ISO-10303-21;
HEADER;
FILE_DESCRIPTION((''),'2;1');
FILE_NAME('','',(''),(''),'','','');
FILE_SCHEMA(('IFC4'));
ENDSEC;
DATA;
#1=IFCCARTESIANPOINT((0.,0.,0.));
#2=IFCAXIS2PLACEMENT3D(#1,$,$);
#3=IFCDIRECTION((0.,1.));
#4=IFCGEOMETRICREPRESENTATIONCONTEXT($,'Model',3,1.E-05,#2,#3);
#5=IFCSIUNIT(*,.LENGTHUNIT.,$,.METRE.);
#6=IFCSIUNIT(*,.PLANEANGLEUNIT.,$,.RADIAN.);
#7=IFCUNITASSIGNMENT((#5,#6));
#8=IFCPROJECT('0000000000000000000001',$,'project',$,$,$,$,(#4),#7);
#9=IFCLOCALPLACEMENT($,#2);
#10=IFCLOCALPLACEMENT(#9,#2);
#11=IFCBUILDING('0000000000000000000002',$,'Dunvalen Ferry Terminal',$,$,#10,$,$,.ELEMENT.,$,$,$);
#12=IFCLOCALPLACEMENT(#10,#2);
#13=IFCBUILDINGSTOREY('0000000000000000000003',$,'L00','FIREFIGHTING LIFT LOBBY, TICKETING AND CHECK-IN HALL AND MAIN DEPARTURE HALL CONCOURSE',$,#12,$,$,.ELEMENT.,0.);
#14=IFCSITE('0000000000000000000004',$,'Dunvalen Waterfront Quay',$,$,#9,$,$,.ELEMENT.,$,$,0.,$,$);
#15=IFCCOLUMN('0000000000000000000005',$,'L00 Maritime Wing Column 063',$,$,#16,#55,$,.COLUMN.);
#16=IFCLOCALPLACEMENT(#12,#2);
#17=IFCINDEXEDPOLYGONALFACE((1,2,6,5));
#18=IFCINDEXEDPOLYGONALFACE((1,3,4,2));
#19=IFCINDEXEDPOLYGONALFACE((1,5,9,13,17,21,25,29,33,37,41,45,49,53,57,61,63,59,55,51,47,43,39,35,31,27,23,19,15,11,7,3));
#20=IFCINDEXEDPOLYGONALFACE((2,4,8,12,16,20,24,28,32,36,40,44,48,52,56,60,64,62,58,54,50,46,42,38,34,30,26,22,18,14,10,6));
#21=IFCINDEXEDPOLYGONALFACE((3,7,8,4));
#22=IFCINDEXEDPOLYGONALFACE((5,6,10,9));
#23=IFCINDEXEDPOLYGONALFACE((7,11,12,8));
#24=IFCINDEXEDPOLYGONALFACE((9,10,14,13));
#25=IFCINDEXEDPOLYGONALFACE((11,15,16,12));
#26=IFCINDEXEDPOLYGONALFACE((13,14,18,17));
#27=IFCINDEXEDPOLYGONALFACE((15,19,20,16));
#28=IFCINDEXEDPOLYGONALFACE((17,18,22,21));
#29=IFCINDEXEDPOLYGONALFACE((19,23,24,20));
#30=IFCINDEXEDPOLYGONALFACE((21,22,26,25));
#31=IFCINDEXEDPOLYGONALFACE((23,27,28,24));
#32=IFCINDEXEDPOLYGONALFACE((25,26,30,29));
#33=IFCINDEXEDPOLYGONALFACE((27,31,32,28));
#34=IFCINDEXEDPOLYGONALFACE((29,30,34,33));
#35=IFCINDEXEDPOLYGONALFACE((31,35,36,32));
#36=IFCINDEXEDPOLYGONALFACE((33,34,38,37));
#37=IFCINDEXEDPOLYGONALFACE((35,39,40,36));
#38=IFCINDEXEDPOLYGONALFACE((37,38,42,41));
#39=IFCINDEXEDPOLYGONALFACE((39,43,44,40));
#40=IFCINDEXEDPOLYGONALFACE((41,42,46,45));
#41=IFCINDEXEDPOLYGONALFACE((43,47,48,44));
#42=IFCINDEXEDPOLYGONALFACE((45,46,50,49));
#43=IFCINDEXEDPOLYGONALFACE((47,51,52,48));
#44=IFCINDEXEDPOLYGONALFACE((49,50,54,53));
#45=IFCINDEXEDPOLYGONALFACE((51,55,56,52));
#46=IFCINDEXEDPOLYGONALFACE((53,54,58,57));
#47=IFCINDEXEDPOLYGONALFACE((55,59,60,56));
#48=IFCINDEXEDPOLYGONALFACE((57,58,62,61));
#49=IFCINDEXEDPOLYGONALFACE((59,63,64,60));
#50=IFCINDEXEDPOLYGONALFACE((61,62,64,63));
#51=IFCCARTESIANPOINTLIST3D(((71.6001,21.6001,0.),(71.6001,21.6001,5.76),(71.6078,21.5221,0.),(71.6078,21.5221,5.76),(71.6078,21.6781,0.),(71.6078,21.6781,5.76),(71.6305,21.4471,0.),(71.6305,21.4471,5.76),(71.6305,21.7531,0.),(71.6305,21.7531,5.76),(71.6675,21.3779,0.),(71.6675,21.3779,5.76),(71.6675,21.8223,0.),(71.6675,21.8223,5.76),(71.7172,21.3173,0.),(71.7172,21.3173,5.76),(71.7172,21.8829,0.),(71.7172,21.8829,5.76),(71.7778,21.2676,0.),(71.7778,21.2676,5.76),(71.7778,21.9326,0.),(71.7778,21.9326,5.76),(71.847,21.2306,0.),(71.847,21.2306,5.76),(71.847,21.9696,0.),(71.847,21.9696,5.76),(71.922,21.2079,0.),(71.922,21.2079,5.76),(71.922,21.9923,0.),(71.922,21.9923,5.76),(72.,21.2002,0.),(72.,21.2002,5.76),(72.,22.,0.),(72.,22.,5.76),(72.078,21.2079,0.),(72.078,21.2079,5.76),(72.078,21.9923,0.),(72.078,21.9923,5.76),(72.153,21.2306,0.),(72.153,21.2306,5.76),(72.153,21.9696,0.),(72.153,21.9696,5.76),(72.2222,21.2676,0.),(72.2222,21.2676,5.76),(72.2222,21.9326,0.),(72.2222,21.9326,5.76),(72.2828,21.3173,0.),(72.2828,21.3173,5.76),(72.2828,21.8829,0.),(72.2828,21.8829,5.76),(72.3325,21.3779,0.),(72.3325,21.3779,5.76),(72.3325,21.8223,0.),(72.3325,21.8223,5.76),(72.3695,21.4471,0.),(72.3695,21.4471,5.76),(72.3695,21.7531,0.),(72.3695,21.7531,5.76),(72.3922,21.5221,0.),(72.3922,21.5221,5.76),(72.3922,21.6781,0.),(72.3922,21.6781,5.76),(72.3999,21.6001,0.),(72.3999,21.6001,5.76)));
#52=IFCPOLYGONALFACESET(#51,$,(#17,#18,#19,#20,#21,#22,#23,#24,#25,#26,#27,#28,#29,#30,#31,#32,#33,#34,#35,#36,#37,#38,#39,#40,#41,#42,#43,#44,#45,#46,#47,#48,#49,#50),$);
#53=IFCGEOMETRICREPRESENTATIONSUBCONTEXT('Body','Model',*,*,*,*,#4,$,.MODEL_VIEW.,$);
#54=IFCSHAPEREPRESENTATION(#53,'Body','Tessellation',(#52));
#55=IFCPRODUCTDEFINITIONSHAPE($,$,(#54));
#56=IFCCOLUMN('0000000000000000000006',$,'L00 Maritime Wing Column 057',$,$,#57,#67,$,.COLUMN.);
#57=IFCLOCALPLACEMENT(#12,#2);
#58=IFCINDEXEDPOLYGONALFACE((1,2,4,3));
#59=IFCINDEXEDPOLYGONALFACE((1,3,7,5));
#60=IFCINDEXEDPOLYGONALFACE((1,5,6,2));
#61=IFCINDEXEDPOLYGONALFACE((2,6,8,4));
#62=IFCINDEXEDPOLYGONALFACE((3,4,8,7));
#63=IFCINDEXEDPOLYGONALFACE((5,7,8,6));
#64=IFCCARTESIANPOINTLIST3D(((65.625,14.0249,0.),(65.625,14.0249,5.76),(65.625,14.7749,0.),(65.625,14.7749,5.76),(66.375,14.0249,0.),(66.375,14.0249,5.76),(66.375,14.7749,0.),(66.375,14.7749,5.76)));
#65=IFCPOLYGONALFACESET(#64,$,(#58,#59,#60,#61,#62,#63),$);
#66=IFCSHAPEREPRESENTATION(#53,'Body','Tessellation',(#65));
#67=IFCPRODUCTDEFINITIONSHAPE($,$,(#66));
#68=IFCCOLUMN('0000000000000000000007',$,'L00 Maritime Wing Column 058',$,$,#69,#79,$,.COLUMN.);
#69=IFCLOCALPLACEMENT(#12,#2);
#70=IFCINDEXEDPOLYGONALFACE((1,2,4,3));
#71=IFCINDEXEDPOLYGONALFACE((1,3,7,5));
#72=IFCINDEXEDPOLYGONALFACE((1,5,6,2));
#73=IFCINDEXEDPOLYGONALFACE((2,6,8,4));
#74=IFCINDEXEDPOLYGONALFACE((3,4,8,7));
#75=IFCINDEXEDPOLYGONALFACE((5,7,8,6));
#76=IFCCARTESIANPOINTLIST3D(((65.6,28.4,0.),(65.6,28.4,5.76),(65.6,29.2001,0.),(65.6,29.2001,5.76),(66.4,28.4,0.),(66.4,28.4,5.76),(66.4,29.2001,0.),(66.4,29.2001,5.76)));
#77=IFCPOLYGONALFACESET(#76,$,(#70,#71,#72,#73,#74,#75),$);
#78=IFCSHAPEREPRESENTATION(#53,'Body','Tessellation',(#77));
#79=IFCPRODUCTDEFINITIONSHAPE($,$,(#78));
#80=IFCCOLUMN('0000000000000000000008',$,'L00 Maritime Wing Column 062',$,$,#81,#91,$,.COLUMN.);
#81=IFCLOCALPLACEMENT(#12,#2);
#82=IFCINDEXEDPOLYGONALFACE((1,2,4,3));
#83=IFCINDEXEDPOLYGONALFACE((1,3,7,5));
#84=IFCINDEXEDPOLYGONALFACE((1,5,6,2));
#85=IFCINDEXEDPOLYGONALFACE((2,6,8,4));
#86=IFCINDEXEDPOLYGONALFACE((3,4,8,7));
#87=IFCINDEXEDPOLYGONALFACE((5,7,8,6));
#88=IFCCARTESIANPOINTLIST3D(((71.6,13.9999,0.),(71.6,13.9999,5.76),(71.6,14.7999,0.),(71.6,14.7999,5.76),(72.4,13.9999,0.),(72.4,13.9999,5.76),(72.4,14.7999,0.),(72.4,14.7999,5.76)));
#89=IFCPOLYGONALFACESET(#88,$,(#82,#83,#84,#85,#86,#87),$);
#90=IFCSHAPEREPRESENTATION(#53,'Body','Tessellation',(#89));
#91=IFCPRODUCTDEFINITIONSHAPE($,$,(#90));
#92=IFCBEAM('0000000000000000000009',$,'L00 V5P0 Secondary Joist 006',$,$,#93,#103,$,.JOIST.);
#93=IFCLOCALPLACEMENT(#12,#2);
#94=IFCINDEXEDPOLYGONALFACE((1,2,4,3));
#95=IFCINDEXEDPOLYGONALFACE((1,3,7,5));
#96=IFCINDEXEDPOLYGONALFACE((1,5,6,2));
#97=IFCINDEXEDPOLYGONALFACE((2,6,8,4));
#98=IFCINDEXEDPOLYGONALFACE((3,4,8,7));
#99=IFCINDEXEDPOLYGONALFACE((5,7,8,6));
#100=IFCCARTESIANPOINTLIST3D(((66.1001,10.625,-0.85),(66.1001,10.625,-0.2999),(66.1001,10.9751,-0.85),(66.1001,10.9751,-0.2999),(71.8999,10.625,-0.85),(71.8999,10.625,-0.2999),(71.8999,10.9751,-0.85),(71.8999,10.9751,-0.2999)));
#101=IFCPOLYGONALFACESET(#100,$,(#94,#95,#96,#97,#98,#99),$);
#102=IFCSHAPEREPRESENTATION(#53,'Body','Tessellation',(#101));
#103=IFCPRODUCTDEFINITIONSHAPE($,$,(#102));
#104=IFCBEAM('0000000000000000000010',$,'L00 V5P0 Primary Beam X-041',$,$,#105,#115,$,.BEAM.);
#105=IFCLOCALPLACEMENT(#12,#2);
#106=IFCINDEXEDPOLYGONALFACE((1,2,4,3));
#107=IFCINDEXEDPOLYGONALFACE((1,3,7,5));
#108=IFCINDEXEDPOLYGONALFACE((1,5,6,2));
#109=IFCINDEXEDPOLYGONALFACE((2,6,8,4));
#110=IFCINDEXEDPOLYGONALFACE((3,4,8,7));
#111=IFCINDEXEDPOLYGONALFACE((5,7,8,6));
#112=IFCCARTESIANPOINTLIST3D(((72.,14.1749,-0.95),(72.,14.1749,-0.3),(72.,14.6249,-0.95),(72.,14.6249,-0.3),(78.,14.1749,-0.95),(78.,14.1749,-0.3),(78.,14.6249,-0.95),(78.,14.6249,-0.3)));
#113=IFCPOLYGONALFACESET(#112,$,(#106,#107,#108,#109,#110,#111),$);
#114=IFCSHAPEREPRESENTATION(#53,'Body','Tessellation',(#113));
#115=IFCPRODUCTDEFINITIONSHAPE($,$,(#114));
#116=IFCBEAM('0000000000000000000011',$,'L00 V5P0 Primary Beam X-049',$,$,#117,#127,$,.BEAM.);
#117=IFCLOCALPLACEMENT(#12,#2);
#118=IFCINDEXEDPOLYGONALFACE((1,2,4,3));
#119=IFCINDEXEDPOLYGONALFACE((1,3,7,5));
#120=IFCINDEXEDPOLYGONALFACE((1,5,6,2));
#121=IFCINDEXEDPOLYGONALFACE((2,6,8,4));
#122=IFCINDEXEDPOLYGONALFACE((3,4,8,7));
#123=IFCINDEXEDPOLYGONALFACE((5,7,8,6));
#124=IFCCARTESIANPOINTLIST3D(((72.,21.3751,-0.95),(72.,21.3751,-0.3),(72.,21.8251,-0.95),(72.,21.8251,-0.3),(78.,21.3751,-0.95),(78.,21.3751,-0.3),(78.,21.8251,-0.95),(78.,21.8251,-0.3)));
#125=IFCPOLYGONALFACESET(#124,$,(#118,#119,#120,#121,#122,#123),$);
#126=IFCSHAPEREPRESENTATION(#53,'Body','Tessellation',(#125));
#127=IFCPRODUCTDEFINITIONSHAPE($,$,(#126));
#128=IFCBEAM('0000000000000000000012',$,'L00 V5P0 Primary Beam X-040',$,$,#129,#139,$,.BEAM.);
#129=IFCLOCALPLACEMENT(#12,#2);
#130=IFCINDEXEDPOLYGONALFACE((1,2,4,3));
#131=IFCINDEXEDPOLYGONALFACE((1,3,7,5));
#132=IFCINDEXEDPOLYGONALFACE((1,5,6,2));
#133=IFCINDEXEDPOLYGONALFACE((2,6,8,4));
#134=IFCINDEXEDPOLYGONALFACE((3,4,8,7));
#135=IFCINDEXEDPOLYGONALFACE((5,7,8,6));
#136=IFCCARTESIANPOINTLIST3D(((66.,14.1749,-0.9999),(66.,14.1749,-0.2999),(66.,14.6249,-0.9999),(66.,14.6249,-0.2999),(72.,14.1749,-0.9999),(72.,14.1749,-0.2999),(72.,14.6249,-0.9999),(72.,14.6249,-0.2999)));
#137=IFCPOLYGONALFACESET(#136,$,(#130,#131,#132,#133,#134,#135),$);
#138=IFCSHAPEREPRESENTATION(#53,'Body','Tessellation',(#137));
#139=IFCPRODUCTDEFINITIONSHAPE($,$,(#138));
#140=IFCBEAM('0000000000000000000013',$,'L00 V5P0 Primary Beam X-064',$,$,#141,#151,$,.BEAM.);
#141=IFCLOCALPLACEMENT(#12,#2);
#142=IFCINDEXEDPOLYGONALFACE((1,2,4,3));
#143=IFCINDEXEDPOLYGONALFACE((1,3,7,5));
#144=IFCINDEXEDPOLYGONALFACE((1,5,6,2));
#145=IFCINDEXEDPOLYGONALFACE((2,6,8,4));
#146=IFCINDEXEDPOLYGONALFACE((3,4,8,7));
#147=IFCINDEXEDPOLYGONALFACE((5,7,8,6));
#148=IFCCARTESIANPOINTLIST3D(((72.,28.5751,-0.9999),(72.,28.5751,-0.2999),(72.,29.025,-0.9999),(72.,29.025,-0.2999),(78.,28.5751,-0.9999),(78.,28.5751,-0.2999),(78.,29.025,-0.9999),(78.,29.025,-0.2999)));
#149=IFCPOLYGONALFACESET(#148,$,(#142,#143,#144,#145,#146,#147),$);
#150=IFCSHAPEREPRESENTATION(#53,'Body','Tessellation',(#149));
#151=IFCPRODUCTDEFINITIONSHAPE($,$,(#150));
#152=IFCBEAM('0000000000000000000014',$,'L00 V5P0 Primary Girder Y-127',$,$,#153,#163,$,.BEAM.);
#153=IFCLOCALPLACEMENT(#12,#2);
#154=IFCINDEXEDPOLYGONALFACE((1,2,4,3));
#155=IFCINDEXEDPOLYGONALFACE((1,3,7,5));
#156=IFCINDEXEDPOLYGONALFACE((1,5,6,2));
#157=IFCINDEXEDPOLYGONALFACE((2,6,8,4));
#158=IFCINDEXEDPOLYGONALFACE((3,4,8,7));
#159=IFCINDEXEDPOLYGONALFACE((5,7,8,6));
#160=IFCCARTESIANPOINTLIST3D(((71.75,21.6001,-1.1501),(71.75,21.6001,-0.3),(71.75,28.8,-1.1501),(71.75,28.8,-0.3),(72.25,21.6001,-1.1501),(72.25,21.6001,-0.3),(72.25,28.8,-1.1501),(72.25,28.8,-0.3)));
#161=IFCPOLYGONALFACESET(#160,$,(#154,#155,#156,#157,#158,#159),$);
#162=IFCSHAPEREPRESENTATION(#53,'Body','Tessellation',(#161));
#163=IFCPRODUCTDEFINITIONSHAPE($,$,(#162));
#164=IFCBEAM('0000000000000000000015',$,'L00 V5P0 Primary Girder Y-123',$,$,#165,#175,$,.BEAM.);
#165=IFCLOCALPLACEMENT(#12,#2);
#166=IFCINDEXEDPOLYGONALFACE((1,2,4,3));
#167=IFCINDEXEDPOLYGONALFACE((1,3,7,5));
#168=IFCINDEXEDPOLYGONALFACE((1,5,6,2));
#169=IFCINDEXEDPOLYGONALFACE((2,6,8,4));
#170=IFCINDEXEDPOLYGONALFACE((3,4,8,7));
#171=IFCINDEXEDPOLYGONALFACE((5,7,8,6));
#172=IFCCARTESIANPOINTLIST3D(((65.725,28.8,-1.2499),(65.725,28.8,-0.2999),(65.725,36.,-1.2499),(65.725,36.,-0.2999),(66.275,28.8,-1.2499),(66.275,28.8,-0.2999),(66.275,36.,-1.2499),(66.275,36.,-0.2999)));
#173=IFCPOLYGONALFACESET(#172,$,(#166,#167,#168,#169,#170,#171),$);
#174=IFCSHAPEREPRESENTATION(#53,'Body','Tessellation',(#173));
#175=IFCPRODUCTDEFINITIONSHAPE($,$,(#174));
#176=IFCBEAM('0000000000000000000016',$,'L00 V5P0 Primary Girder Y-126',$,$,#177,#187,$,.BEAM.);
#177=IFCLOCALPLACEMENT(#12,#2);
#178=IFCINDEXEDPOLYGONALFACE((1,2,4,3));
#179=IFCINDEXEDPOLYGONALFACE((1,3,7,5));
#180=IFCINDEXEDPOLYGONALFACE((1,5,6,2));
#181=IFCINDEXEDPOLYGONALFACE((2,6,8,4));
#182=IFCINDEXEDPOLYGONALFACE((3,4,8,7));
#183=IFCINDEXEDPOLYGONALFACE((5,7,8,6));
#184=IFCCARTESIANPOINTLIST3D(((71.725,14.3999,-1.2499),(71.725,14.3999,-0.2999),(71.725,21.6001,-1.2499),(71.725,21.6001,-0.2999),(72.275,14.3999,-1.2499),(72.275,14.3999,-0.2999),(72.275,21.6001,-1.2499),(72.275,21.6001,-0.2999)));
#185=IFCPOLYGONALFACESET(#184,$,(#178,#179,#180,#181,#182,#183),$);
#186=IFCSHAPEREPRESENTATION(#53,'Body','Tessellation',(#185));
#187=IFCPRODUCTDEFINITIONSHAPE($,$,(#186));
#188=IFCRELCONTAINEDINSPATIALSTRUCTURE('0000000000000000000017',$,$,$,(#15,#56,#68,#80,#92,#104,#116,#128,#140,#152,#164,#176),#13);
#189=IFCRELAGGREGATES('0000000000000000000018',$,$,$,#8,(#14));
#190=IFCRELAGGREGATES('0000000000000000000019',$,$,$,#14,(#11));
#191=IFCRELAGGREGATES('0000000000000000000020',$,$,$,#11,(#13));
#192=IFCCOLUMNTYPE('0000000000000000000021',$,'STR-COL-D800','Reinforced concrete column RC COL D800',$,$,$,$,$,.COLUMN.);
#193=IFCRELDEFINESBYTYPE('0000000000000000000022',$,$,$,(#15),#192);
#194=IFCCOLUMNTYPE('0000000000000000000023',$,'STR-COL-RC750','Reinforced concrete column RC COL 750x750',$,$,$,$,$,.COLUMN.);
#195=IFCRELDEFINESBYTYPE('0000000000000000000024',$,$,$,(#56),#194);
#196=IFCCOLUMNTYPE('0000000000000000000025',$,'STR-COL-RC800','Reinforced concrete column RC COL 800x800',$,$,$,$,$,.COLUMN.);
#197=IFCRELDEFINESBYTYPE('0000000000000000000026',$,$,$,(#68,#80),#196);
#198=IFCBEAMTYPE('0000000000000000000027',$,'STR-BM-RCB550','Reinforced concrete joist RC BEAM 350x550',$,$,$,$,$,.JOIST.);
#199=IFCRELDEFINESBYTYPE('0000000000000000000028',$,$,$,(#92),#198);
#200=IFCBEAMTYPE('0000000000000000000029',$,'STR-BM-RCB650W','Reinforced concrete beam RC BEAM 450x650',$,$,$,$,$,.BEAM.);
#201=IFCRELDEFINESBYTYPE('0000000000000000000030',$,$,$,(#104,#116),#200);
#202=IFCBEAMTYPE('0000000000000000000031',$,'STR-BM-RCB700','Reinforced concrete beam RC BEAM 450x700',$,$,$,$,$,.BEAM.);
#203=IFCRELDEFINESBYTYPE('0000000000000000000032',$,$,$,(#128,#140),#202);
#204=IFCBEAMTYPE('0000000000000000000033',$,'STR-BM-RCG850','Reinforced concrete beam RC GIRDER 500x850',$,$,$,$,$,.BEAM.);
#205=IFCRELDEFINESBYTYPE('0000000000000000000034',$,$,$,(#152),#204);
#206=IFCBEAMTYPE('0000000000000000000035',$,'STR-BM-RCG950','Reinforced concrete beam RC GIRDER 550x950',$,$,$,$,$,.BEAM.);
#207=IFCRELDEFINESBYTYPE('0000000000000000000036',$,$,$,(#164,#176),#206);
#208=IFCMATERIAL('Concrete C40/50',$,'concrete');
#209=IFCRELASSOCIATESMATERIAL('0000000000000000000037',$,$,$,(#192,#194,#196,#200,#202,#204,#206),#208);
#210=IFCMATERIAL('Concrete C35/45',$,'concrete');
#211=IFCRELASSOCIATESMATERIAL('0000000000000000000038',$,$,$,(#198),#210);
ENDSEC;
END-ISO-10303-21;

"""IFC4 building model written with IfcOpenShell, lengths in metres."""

from ifc_helpers import new_model, si_unit, direction, frame, origin, origin_2d, place, context, subcontext, project, spatial, rectangle, circle, extrude, material, material_profile, profile_set, type_object, element, save


model = new_model("IFC4")

# Units and contexts
model_context = context("Model", 3, precision=1e-05, world=origin(), true_north=direction((0.0, 1.0)))
body_context = subcontext(model_context, "Body", "Model", "MODEL_VIEW")
ifc_project = project(units=[si_unit("LENGTHUNIT", "METRE"), si_unit("PLANEANGLEUNIT", "RADIAN")], contexts=[model_context])

# Site, building, storey
site_placement = place(None, origin())
site = spatial("IfcSite", under=ifc_project, at=site_placement, Name="Dunvalen Waterfront Quay", CompositionType="ELEMENT", RefElevation=0.0)
building_placement = place(site_placement, origin())
building = spatial("IfcBuilding", under=site, at=building_placement, Name="Dunvalen Ferry Terminal", CompositionType="ELEMENT")
storey_placement = place(building_placement, origin())
storey = spatial("IfcBuildingStorey", under=building, at=storey_placement, Name="L00", Description="FIREFIGHTING LIFT LOBBY, TICKETING AND CHECK-IN HALL AND MAIN DEPARTURE HALL CONCOURSE", CompositionType="ELEMENT", Elevation=0.0)

# Columns
ifc_material_1 = material(Name="Concrete C40/50", Category="concrete")
ifc_material_profile_1 = material_profile(ifc_material_1, circle(Radius=0.3999, at=origin_2d()), Name="Concrete C40/50")
ifc_profile_set_1 = profile_set([ifc_material_profile_1], Name="Concrete C40/50")
column_type_1 = type_object("IfcColumnType", Name="STR-COL-D800", Description="Reinforced concrete column RC COL D800", PredefinedType="COLUMN", material=ifc_profile_set_1)
column_1_placement = place(storey_placement, frame((72.0, 21.6001, 0.0), z_axis=(0.0, 0.0, 1.0), x_axis=(1.0, 0.0, 0.0)))
element("IfcColumn", 1, at=column_1_placement, inside=storey, type_object=column_type_1, Name="L00 Maritime Wing Column 063", PredefinedType="COLUMN", context=body_context, shape_type="SweptSolid", body=[
    extrude(circle(Radius=0.3999, at=origin_2d()), origin(), (0.0, 0.0, 1.0), 5.76),
])
ifc_material_profile_2 = material_profile(ifc_material_1, rectangle(XDim=0.75, YDim=0.75, at=origin_2d()), Name="Concrete C40/50")
ifc_profile_set_2 = profile_set([ifc_material_profile_2], Name="Concrete C40/50")
column_type_2 = type_object("IfcColumnType", Name="STR-COL-RC750", Description="Reinforced concrete column RC COL 750x750", PredefinedType="COLUMN", material=ifc_profile_set_2)
column_2_placement = place(storey_placement, frame((66.0, 14.3999, 0.0), z_axis=(0.0, 0.0, 1.0), x_axis=(1.0, 0.0, 0.0)))
element("IfcColumn", 2, at=column_2_placement, inside=storey, type_object=column_type_2, Name="L00 Maritime Wing Column 057", PredefinedType="COLUMN", context=body_context, shape_type="SweptSolid", body=[
    extrude(rectangle(XDim=0.75, YDim=0.75, at=origin_2d()), origin(), (0.0, 0.0, 1.0), 5.76),
])
ifc_material_profile_3 = material_profile(ifc_material_1, rectangle(XDim=0.8, YDim=0.8, at=origin_2d()), Name="Concrete C40/50")
ifc_profile_set_3 = profile_set([ifc_material_profile_3], Name="Concrete C40/50")
column_type_3 = type_object("IfcColumnType", Name="STR-COL-RC800", Description="Reinforced concrete column RC COL 800x800", PredefinedType="COLUMN", material=ifc_profile_set_3)
for number, where, z_axis, x_axis, name in (
    (3, (66.0, 28.8, 0.0), (0.0, 0.0, 1.0), (1.0, 0.0, 0.0), "L00 Maritime Wing Column 058"),
    (4, (72.0, 14.3999, 0.0), (0.0, 0.0, 1.0), (1.0, 0.0, 0.0), "L00 Maritime Wing Column 062"),
):
    element("IfcColumn", number, at=place(storey_placement, frame(where, z_axis=z_axis, x_axis=x_axis)), inside=storey, type_object=column_type_3, Name=name, PredefinedType="COLUMN", context=body_context, shape_type="SweptSolid", body=[
        extrude(rectangle(XDim=0.8, YDim=0.8, at=origin_2d()), origin(), (0.0, 0.0, 1.0), 5.76),
    ])

# Beams
ifc_material_2 = material(Name="Concrete C35/45", Category="concrete")
ifc_material_profile_4 = material_profile(ifc_material_2, rectangle(XDim=0.3501, YDim=0.55, at=origin_2d()), Name="Concrete C35/45")
ifc_profile_set_4 = profile_set([ifc_material_profile_4], Name="Concrete C35/45")
beam_type_1 = type_object("IfcBeamType", Name="STR-BM-RCB550", Description="Reinforced concrete joist RC BEAM 350x550", PredefinedType="JOIST", material=ifc_profile_set_4)
beam_1_placement = place(storey_placement, frame((66.1001, 10.8, -0.575), z_axis=(1.0, 0.0, 0.0), x_axis=(0.0, 1.0, 0.0)))
element("IfcBeam", 5, at=beam_1_placement, inside=storey, type_object=beam_type_1, Name="L00 V5P0 Secondary Joist 006", PredefinedType="JOIST", context=body_context, shape_type="SweptSolid", body=[
    extrude(rectangle(XDim=0.3501, YDim=0.55, at=origin_2d()), origin(), (0.0, 0.0, 1.0), 5.7998),
])
ifc_material_profile_5 = material_profile(ifc_material_1, rectangle(XDim=0.45, YDim=0.6499, at=origin_2d()), Name="Concrete C40/50")
ifc_profile_set_5 = profile_set([ifc_material_profile_5], Name="Concrete C40/50")
beam_type_2 = type_object("IfcBeamType", Name="STR-BM-RCB650W", Description="Reinforced concrete beam RC BEAM 450x650", PredefinedType="BEAM", material=ifc_profile_set_5)
for number, where, z_axis, x_axis, name in (
    (6, (72.0, 14.3999, -0.625), (1.0, 0.0, 0.0), (0.0, 1.0, 0.0), "L00 V5P0 Primary Beam X-041"),
    (7, (72.0, 21.6001, -0.625), (1.0, 0.0, 0.0), (0.0, 1.0, 0.0), "L00 V5P0 Primary Beam X-049"),
):
    element("IfcBeam", number, at=place(storey_placement, frame(where, z_axis=z_axis, x_axis=x_axis)), inside=storey, type_object=beam_type_2, Name=name, PredefinedType="BEAM", context=body_context, shape_type="SweptSolid", body=[
        extrude(rectangle(XDim=0.45, YDim=0.6499, at=origin_2d()), origin(), (0.0, 0.0, 1.0), 6.0),
    ])
ifc_material_profile_6 = material_profile(ifc_material_1, rectangle(XDim=0.45, YDim=0.7, at=origin_2d()), Name="Concrete C40/50")
ifc_profile_set_6 = profile_set([ifc_material_profile_6], Name="Concrete C40/50")
beam_type_3 = type_object("IfcBeamType", Name="STR-BM-RCB700", Description="Reinforced concrete beam RC BEAM 450x700", PredefinedType="BEAM", material=ifc_profile_set_6)
for number, where, z_axis, x_axis, name in (
    (8, (66.0, 14.3999, -0.6499), (1.0, 0.0, 0.0), (0.0, 1.0, 0.0), "L00 V5P0 Primary Beam X-040"),
    (9, (72.0, 28.8, -0.6499), (1.0, 0.0, 0.0), (0.0, 1.0, 0.0), "L00 V5P0 Primary Beam X-064"),
):
    element("IfcBeam", number, at=place(storey_placement, frame(where, z_axis=z_axis, x_axis=x_axis)), inside=storey, type_object=beam_type_3, Name=name, PredefinedType="BEAM", context=body_context, shape_type="SweptSolid", body=[
        extrude(rectangle(XDim=0.45, YDim=0.7, at=origin_2d()), origin(), (0.0, 0.0, 1.0), 6.0),
    ])
ifc_material_profile_7 = material_profile(ifc_material_1, rectangle(XDim=0.5, YDim=0.8501, at=origin_2d()), Name="Concrete C40/50")
ifc_profile_set_7 = profile_set([ifc_material_profile_7], Name="Concrete C40/50")
beam_type_4 = type_object("IfcBeamType", Name="STR-BM-RCG850", Description="Reinforced concrete beam RC GIRDER 500x850", PredefinedType="BEAM", material=ifc_profile_set_7)
beam_2_placement = place(storey_placement, frame((72.0, 21.6001, -0.7251), z_axis=(0.0, 1.0, 0.0), x_axis=(-1.0, 0.0, 0.0)))
element("IfcBeam", 10, at=beam_2_placement, inside=storey, type_object=beam_type_4, Name="L00 V5P0 Primary Girder Y-127", PredefinedType="BEAM", context=body_context, shape_type="SweptSolid", body=[
    extrude(rectangle(XDim=0.5, YDim=0.8501, at=origin_2d()), origin(), (0.0, 0.0, 1.0), 7.2),
])
ifc_material_profile_8 = material_profile(ifc_material_1, rectangle(XDim=0.55, YDim=0.95, at=origin_2d()), Name="Concrete C40/50")
ifc_profile_set_8 = profile_set([ifc_material_profile_8], Name="Concrete C40/50")
beam_type_5 = type_object("IfcBeamType", Name="STR-BM-RCG950", Description="Reinforced concrete beam RC GIRDER 550x950", PredefinedType="BEAM", material=ifc_profile_set_8)
beam_3_placement = place(storey_placement, frame((66.0, 28.8, -0.7749), z_axis=(0.0, 1.0, 0.0), x_axis=(-1.0, 0.0, 0.0)))
element("IfcBeam", 11, at=beam_3_placement, inside=storey, type_object=beam_type_5, Name="L00 V5P0 Primary Girder Y-123", PredefinedType="BEAM", context=body_context, shape_type="SweptSolid", body=[
    extrude(rectangle(XDim=0.55, YDim=0.95, at=origin_2d()), origin(), (0.0, 0.0, 1.0), 7.2),
])
beam_4_placement = place(storey_placement, frame((72.0, 14.3999, -0.7749), z_axis=(0.0, 1.0, 0.0), x_axis=(-1.0, 0.0, 0.0)))
element("IfcBeam", 12, at=beam_4_placement, inside=storey, type_object=beam_type_5, Name="L00 V5P0 Primary Girder Y-126", PredefinedType="BEAM", context=body_context, shape_type="SweptSolid", body=[
    extrude(rectangle(XDim=0.55, YDim=0.95, at=origin_2d()), origin(), (0.0, 0.0, 1.0), 7.2002),
])

save(model, "model.ifc")
